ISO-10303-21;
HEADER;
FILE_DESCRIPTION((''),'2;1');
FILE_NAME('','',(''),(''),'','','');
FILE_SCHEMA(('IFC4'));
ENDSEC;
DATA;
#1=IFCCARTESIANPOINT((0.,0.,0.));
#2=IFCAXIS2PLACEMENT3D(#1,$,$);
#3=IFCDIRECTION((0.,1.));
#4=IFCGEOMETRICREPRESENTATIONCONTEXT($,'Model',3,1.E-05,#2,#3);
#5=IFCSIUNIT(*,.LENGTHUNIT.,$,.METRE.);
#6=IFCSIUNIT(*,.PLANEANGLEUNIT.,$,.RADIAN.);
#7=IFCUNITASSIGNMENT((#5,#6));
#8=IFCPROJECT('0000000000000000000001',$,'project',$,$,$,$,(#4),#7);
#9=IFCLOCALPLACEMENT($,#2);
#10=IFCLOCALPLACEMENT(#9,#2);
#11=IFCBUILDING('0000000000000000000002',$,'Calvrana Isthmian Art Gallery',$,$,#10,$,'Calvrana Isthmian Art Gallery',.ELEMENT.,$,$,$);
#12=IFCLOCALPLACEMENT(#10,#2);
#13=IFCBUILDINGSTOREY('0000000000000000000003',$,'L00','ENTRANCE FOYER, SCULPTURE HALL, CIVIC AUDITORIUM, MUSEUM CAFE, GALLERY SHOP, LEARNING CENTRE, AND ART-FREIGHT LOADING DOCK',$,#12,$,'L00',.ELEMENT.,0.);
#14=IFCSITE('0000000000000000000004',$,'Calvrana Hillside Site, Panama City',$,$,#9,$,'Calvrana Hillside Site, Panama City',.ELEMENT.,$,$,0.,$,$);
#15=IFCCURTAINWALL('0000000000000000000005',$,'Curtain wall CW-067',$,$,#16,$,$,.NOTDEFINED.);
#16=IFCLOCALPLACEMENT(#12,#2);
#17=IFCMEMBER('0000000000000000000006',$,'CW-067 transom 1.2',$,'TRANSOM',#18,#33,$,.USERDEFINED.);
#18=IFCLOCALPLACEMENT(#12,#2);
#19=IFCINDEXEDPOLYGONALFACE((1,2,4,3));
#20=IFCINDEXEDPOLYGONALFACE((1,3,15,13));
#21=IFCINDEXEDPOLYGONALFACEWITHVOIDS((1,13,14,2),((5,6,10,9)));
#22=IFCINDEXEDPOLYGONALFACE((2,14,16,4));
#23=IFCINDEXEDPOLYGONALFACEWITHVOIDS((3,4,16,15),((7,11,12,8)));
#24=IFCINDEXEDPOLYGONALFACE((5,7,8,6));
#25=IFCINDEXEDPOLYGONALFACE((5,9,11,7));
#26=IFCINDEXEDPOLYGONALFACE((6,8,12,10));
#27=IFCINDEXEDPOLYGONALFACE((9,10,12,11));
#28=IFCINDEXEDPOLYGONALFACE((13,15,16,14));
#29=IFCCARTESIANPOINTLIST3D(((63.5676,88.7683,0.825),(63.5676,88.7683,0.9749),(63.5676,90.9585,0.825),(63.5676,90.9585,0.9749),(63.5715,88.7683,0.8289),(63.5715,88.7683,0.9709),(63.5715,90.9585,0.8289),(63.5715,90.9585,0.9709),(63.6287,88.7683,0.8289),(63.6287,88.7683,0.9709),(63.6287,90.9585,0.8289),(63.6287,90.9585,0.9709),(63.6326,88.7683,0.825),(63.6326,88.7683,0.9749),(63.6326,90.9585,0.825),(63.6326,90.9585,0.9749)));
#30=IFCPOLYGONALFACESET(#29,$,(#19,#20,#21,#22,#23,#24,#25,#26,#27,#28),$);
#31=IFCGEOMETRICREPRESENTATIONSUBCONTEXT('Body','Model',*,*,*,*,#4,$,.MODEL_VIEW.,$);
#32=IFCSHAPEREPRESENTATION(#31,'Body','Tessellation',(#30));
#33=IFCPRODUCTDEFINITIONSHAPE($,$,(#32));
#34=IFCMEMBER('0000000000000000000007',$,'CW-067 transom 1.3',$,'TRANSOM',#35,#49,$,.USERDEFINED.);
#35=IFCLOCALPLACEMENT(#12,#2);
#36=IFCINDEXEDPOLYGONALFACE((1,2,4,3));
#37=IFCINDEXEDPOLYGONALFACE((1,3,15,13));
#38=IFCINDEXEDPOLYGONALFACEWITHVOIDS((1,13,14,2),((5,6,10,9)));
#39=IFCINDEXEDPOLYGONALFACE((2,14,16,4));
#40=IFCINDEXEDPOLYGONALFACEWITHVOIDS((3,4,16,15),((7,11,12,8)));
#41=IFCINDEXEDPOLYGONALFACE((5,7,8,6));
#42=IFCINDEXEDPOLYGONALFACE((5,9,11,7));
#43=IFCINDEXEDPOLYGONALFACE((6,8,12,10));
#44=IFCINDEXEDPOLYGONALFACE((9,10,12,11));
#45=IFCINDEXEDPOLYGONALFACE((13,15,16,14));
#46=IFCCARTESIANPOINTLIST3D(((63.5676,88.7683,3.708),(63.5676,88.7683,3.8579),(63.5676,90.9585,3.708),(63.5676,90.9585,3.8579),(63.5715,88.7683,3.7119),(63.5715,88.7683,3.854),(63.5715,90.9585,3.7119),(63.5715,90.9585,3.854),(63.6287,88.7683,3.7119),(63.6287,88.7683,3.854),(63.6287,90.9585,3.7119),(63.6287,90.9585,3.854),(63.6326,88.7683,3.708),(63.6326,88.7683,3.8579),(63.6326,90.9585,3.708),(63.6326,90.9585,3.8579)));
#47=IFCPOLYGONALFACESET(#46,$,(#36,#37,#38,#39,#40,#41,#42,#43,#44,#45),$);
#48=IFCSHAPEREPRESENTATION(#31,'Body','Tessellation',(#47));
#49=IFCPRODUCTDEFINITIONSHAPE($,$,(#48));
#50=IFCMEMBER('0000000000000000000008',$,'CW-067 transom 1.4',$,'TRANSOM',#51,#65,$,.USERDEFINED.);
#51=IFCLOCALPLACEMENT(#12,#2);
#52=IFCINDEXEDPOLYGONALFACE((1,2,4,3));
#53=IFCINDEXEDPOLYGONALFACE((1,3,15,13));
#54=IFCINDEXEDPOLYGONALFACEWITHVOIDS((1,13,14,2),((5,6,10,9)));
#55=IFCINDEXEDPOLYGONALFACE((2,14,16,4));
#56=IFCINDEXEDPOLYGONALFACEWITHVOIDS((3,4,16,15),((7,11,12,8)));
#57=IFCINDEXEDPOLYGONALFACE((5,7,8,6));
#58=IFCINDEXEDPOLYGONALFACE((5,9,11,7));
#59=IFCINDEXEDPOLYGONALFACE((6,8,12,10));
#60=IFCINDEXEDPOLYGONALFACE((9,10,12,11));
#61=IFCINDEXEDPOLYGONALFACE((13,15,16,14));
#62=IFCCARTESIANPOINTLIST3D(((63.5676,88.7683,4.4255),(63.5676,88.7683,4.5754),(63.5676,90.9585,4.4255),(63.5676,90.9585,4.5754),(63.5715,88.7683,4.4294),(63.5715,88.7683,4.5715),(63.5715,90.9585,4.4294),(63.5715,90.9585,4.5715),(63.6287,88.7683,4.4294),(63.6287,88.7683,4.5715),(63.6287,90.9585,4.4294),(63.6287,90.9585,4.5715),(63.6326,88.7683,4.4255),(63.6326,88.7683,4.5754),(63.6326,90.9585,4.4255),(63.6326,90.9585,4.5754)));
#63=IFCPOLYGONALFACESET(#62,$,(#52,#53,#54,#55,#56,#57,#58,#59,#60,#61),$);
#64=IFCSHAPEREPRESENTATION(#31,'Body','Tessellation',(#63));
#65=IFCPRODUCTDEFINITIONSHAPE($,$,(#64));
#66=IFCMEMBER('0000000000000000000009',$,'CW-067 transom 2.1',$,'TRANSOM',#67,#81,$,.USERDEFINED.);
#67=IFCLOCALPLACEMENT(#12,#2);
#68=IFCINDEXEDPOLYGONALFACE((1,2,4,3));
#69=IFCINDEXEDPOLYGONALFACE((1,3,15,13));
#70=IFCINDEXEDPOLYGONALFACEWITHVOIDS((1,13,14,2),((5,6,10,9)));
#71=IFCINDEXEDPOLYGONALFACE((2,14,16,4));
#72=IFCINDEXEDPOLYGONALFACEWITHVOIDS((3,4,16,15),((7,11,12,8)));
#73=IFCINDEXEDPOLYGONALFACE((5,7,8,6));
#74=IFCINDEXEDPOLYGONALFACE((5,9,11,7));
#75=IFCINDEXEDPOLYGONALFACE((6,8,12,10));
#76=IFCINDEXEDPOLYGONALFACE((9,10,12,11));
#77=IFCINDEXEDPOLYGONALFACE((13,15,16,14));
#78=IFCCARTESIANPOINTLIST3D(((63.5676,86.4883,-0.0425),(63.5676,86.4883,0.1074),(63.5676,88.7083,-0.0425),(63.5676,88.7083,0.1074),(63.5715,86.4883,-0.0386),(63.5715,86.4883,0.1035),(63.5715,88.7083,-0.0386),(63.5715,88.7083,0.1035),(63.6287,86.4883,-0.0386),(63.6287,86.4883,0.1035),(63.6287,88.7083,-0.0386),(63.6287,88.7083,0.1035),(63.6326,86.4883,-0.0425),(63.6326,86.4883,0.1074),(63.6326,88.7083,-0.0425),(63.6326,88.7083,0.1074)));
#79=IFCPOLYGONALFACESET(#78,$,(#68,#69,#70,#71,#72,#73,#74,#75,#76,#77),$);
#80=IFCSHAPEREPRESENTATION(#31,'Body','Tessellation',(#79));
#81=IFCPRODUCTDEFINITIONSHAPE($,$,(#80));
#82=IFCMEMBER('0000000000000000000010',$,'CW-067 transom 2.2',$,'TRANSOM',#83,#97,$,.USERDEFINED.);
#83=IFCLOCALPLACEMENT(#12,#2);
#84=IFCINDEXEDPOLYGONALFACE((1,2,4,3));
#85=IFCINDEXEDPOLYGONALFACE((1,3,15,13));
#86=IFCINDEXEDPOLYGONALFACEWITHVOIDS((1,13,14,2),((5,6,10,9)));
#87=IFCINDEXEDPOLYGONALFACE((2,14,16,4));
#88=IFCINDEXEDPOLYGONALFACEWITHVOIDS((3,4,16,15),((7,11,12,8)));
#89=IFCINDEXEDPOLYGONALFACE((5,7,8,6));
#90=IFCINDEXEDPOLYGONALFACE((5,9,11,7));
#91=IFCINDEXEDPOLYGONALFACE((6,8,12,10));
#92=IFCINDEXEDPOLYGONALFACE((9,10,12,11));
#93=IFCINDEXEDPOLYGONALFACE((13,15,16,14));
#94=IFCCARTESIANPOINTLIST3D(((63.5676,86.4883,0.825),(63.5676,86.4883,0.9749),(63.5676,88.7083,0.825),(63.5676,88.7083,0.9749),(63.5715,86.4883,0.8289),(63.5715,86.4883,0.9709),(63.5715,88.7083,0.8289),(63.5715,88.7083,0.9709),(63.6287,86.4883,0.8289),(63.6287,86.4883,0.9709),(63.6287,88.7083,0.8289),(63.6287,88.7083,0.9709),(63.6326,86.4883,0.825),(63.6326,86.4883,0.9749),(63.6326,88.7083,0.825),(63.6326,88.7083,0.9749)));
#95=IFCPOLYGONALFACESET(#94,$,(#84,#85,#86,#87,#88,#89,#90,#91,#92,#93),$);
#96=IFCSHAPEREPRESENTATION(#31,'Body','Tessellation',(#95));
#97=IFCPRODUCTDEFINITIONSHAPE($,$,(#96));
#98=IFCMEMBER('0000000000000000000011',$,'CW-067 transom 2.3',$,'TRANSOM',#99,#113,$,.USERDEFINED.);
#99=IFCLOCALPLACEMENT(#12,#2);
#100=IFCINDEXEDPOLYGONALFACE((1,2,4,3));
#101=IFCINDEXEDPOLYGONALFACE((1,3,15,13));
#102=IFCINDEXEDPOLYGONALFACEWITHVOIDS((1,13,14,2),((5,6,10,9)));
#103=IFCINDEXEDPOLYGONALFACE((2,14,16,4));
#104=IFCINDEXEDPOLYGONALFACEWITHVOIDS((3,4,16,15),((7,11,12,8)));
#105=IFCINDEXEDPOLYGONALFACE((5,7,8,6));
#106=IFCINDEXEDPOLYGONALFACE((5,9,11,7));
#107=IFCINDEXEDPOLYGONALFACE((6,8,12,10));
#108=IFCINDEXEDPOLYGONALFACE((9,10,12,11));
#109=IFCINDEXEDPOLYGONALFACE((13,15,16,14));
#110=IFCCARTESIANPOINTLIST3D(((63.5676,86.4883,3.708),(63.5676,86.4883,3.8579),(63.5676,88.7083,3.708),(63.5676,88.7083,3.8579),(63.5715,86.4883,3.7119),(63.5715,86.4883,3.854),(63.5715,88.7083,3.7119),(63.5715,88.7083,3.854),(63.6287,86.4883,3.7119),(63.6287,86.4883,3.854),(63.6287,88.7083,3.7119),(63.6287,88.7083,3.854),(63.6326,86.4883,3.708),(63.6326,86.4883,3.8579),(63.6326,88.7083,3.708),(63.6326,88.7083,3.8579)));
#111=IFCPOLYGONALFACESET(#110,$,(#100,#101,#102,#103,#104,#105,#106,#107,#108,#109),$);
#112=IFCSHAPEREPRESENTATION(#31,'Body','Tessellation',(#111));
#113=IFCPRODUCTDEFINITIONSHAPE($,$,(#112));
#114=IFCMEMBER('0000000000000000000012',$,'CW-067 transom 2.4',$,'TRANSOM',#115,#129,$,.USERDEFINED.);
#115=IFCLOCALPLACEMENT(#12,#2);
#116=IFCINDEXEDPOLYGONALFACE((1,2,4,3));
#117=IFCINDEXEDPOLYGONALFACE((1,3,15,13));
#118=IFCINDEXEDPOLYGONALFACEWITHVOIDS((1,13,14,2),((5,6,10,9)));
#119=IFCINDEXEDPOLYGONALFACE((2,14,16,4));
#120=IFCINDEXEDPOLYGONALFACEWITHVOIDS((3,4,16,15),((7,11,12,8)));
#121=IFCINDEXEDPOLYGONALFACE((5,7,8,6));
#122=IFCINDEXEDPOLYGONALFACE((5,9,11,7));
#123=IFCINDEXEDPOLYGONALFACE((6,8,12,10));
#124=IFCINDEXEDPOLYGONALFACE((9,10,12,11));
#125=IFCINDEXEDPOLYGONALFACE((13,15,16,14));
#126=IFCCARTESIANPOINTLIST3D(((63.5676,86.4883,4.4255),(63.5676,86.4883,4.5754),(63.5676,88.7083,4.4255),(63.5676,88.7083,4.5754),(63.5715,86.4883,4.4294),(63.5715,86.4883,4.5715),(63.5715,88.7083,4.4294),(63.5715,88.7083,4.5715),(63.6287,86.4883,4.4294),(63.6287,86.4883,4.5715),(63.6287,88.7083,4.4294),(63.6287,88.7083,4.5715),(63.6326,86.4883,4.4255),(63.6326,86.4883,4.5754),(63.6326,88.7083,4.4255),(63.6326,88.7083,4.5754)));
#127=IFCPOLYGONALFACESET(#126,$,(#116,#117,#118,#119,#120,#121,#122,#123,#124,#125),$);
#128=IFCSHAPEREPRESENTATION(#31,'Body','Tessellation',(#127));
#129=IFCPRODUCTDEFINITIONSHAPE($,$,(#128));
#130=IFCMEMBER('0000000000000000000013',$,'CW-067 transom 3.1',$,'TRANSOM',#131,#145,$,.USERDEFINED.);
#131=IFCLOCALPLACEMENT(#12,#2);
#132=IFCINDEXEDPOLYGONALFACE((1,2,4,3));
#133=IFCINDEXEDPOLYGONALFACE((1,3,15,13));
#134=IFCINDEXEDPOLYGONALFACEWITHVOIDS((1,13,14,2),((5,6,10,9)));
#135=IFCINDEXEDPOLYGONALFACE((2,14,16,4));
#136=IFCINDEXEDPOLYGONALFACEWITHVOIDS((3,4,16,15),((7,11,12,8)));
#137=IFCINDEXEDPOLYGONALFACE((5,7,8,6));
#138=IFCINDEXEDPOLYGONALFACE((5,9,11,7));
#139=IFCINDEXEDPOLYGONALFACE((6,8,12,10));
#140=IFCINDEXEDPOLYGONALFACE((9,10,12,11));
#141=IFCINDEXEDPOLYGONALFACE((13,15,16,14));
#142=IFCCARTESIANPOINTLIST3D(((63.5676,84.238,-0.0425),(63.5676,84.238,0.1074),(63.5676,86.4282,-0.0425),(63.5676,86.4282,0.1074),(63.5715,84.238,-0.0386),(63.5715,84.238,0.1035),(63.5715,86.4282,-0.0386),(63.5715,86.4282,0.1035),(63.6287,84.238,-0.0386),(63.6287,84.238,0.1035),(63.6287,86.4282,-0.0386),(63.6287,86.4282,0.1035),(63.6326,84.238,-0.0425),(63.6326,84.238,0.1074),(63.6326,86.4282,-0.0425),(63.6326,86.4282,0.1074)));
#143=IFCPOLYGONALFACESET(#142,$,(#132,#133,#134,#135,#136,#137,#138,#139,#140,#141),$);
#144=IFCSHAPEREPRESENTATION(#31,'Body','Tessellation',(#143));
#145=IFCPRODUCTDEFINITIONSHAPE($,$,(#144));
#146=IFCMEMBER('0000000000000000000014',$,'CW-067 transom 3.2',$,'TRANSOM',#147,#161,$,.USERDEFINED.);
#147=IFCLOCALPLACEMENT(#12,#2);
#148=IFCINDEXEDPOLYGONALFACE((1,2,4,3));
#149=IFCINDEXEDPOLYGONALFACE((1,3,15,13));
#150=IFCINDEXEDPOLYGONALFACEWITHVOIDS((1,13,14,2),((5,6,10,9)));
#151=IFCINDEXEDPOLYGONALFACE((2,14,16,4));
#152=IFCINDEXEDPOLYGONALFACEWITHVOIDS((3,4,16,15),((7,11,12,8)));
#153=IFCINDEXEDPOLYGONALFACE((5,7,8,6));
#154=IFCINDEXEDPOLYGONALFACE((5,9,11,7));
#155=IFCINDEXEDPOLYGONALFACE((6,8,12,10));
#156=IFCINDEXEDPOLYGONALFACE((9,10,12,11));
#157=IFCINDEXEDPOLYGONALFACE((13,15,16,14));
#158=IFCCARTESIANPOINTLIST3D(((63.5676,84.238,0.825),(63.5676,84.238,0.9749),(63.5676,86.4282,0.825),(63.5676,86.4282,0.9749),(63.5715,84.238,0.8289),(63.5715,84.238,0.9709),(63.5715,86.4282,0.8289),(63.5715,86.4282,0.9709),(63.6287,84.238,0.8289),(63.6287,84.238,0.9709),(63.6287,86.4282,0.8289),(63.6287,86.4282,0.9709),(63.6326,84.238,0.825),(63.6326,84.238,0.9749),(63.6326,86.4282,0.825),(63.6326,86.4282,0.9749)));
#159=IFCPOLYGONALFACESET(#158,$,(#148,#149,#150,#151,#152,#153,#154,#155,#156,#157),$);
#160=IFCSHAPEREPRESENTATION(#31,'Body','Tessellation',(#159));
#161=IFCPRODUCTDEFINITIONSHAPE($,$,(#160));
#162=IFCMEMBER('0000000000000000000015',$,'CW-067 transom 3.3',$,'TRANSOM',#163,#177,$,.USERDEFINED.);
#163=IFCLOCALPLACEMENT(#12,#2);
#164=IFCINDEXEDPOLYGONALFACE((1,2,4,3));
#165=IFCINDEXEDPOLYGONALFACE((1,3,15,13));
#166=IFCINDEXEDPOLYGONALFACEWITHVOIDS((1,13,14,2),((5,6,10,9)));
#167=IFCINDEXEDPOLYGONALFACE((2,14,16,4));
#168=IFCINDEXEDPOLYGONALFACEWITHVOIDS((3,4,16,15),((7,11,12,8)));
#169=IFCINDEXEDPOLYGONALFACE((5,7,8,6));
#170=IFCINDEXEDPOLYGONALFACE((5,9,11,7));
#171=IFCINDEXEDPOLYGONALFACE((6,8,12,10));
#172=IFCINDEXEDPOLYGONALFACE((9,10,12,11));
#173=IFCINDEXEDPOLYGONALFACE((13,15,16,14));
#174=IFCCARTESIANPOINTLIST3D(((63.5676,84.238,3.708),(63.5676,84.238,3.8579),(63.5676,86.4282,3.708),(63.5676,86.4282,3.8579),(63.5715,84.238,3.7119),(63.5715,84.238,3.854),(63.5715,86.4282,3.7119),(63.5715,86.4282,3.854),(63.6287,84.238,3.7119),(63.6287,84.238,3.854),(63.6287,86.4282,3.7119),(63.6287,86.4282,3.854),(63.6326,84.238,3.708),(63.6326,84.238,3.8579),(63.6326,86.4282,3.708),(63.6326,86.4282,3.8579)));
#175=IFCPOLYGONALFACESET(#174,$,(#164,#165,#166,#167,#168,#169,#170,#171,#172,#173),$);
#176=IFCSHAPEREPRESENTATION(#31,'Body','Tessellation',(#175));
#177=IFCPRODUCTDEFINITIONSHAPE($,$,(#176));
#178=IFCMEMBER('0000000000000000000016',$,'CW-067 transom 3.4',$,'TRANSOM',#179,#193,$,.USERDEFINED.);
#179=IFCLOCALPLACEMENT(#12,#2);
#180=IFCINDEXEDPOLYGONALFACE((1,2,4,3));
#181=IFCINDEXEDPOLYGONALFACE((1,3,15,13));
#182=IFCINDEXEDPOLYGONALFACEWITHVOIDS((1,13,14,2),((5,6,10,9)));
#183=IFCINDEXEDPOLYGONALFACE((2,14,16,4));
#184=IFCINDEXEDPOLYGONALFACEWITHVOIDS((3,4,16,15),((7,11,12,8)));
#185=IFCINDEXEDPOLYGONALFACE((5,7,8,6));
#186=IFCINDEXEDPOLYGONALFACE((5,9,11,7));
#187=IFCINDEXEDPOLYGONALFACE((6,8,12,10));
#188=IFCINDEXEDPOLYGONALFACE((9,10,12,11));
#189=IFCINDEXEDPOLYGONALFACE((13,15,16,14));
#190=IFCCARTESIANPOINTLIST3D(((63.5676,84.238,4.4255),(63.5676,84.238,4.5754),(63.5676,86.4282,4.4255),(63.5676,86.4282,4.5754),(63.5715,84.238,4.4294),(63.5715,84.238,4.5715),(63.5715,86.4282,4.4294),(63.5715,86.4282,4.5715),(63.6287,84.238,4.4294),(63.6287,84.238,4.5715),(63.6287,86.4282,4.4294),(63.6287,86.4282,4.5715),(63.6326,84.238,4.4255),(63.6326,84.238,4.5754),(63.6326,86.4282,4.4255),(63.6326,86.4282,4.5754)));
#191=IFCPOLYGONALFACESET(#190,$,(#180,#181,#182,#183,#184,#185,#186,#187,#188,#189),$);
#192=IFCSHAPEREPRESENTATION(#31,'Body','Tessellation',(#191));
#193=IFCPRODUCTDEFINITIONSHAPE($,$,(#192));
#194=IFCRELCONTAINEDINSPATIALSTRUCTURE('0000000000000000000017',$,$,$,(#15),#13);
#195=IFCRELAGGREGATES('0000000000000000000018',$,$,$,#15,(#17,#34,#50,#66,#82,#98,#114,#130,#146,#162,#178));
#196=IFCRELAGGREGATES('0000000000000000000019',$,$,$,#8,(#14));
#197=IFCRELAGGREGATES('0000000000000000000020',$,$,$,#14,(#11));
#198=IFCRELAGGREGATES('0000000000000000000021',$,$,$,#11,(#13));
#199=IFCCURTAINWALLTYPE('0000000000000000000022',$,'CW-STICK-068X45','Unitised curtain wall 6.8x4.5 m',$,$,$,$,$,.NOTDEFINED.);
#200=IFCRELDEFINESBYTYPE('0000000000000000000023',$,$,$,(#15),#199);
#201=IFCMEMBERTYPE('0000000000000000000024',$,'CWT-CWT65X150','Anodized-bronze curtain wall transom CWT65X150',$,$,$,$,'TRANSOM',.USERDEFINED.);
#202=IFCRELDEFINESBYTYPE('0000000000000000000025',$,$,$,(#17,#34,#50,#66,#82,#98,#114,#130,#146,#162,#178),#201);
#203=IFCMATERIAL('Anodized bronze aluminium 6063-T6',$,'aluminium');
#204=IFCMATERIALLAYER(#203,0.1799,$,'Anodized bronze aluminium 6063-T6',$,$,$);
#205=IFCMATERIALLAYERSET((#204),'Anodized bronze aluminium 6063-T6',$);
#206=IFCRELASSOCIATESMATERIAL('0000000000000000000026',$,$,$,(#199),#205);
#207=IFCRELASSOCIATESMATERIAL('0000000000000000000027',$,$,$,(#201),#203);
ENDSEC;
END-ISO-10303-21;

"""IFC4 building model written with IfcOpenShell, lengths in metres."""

from ifc_helpers import new_model, si_unit, direction, frame, origin, origin_2d, place, context, subcontext, project, spatial, hollow_rectangle, extrude, material, layer, layer_set, material_profile, profile_set, type_object, element, aggregate, save


model = new_model("IFC4")

# Units and contexts
model_context = context("Model", 3, precision=1e-05, world=origin(), true_north=direction((0.0, 1.0)))
body_context = subcontext(model_context, "Body", "Model", "MODEL_VIEW")
ifc_project = project(units=[si_unit("LENGTHUNIT", "METRE"), si_unit("PLANEANGLEUNIT", "RADIAN")], contexts=[model_context])

# Site, building, storey
site_placement = place(None, origin())
site = spatial("IfcSite", under=ifc_project, at=site_placement, Name="Calvrana Hillside Site, Panama City", LongName="Calvrana Hillside Site, Panama City", CompositionType="ELEMENT", RefElevation=0.0)
building_placement = place(site_placement, origin())
building = spatial("IfcBuilding", under=site, at=building_placement, Name="Calvrana Isthmian Art Gallery", LongName="Calvrana Isthmian Art Gallery", CompositionType="ELEMENT")
storey_placement = place(building_placement, origin())
storey = spatial("IfcBuildingStorey", under=building, at=storey_placement, Name="L00", Description="ENTRANCE FOYER, SCULPTURE HALL, CIVIC AUDITORIUM, MUSEUM CAFE, GALLERY SHOP, LEARNING CENTRE, AND ART-FREIGHT LOADING DOCK", LongName="L00", CompositionType="ELEMENT", Elevation=0.0)

# Curtain wall, members
ifc_material_1 = material(Name="Anodized bronze aluminium 6063-T6", Category="aluminium")
ifc_layer_1 = layer(ifc_material_1, 0.1799, Name="Anodized bronze aluminium 6063-T6")
ifc_layer_set_1 = layer_set([ifc_layer_1], Name="Anodized bronze aluminium 6063-T6")
curtain_wall_type = type_object("IfcCurtainWallType", Name="CW-STICK-068X45", Description="Unitised curtain wall 6.8x4.5 m", PredefinedType="NOTDEFINED", material=ifc_layer_set_1)
curtain_wall_placement = place(storey_placement, origin())
curtain_wall = element("IfcCurtainWall", 1, at=curtain_wall_placement, inside=storey, type_object=curtain_wall_type, Name="Curtain wall CW-067", PredefinedType="NOTDEFINED")
ifc_material_profile_1 = material_profile(ifc_material_1, hollow_rectangle(XDim=0.0649, YDim=0.1499, WallThickness=0.0039, at=origin_2d()), Name="CWT65X150")
ifc_profile_set_1 = profile_set([ifc_material_profile_1], Name="Anodized bronze aluminium 6063-T6")
member_type_1 = type_object("IfcMemberType", Name="CWT-CWT65X150", Description="Anodized-bronze curtain wall transom CWT65X150", ElementType="TRANSOM", PredefinedType="USERDEFINED", material=ifc_profile_set_1)
member_1_placement = place(storey_placement, frame((63.6001, 90.9585, 0.8999), z_axis=(0.0, -1.0, 0.0), x_axis=(1.0, 0.0, 0.0)))
member_1 = element("IfcMember", 2, at=member_1_placement, type_object=member_type_1, Name="CW-067 transom 1.2", ObjectType="TRANSOM", PredefinedType="USERDEFINED", context=body_context, shape_type="SweptSolid", body=[
    extrude(hollow_rectangle(XDim=0.0649, YDim=0.1499, WallThickness=0.0039, at=origin_2d()), origin(), (0.0, 0.0, 1.0), 2.1902),
])
member_2_placement = place(storey_placement, frame((63.6001, 90.9585, 3.783), z_axis=(0.0, -1.0, 0.0), x_axis=(1.0, 0.0, 0.0)))
member_2 = element("IfcMember", 3, at=member_2_placement, type_object=member_type_1, Name="CW-067 transom 1.3", ObjectType="TRANSOM", PredefinedType="USERDEFINED", context=body_context, shape_type="SweptSolid", body=[
    extrude(hollow_rectangle(XDim=0.0649, YDim=0.1499, WallThickness=0.0039, at=origin_2d()), origin(), (0.0, 0.0, 1.0), 2.1902),
])
member_3_placement = place(storey_placement, frame((63.6001, 90.9585, 4.5005), z_axis=(0.0, -1.0, 0.0), x_axis=(1.0, 0.0, 0.0)))
member_3 = element("IfcMember", 4, at=member_3_placement, type_object=member_type_1, Name="CW-067 transom 1.4", ObjectType="TRANSOM", PredefinedType="USERDEFINED", context=body_context, shape_type="SweptSolid", body=[
    extrude(hollow_rectangle(XDim=0.0649, YDim=0.1499, WallThickness=0.0039, at=origin_2d()), origin(), (0.0, 0.0, 1.0), 2.1902),
])
member_4_placement = place(storey_placement, frame((63.6001, 88.7083, 0.0325), z_axis=(0.0, -1.0, 0.0), x_axis=(1.0, 0.0, 0.0)))
member_4 = element("IfcMember", 5, at=member_4_placement, type_object=member_type_1, Name="CW-067 transom 2.1", ObjectType="TRANSOM", PredefinedType="USERDEFINED", context=body_context, shape_type="SweptSolid", body=[
    extrude(hollow_rectangle(XDim=0.0649, YDim=0.1499, WallThickness=0.0039, at=origin_2d()), origin(), (0.0, 0.0, 1.0), 2.22),
])
member_5_placement = place(storey_placement, frame((63.6001, 88.7083, 0.8999), z_axis=(0.0, -1.0, 0.0), x_axis=(1.0, 0.0, 0.0)))
member_5 = element("IfcMember", 6, at=member_5_placement, type_object=member_type_1, Name="CW-067 transom 2.2", ObjectType="TRANSOM", PredefinedType="USERDEFINED", context=body_context, shape_type="SweptSolid", body=[
    extrude(hollow_rectangle(XDim=0.0649, YDim=0.1499, WallThickness=0.0039, at=origin_2d()), origin(), (0.0, 0.0, 1.0), 2.22),
])
member_6_placement = place(storey_placement, frame((63.6001, 88.7083, 3.783), z_axis=(0.0, -1.0, 0.0), x_axis=(1.0, 0.0, 0.0)))
member_6 = element("IfcMember", 7, at=member_6_placement, type_object=member_type_1, Name="CW-067 transom 2.3", ObjectType="TRANSOM", PredefinedType="USERDEFINED", context=body_context, shape_type="SweptSolid", body=[
    extrude(hollow_rectangle(XDim=0.0649, YDim=0.1499, WallThickness=0.0039, at=origin_2d()), origin(), (0.0, 0.0, 1.0), 2.22),
])
member_7_placement = place(storey_placement, frame((63.6001, 88.7083, 4.5005), z_axis=(0.0, -1.0, 0.0), x_axis=(1.0, 0.0, 0.0)))
member_7 = element("IfcMember", 8, at=member_7_placement, type_object=member_type_1, Name="CW-067 transom 2.4", ObjectType="TRANSOM", PredefinedType="USERDEFINED", context=body_context, shape_type="SweptSolid", body=[
    extrude(hollow_rectangle(XDim=0.0649, YDim=0.1499, WallThickness=0.0039, at=origin_2d()), origin(), (0.0, 0.0, 1.0), 2.22),
])
member_8_placement = place(storey_placement, frame((63.6001, 86.4282, 0.0325), z_axis=(0.0, -1.0, 0.0), x_axis=(1.0, 0.0, 0.0)))
member_8 = element("IfcMember", 9, at=member_8_placement, type_object=member_type_1, Name="CW-067 transom 3.1", ObjectType="TRANSOM", PredefinedType="USERDEFINED", context=body_context, shape_type="SweptSolid", body=[
    extrude(hollow_rectangle(XDim=0.0649, YDim=0.1499, WallThickness=0.0039, at=origin_2d()), origin(), (0.0, 0.0, 1.0), 2.1902),
])
member_9_placement = place(storey_placement, frame((63.6001, 86.4282, 0.8999), z_axis=(0.0, -1.0, 0.0), x_axis=(1.0, 0.0, 0.0)))
member_9 = element("IfcMember", 10, at=member_9_placement, type_object=member_type_1, Name="CW-067 transom 3.2", ObjectType="TRANSOM", PredefinedType="USERDEFINED", context=body_context, shape_type="SweptSolid", body=[
    extrude(hollow_rectangle(XDim=0.0649, YDim=0.1499, WallThickness=0.0039, at=origin_2d()), origin(), (0.0, 0.0, 1.0), 2.1902),
])
member_10_placement = place(storey_placement, frame((63.6001, 86.4282, 3.783), z_axis=(0.0, -1.0, 0.0), x_axis=(1.0, 0.0, 0.0)))
member_10 = element("IfcMember", 11, at=member_10_placement, type_object=member_type_1, Name="CW-067 transom 3.3", ObjectType="TRANSOM", PredefinedType="USERDEFINED", context=body_context, shape_type="SweptSolid", body=[
    extrude(hollow_rectangle(XDim=0.0649, YDim=0.1499, WallThickness=0.0039, at=origin_2d()), origin(), (0.0, 0.0, 1.0), 2.1902),
])
member_11_placement = place(storey_placement, frame((63.6001, 86.4282, 4.5005), z_axis=(0.0, -1.0, 0.0), x_axis=(1.0, 0.0, 0.0)))
member_11 = element("IfcMember", 12, at=member_11_placement, type_object=member_type_1, Name="CW-067 transom 3.4", ObjectType="TRANSOM", PredefinedType="USERDEFINED", context=body_context, shape_type="SweptSolid", body=[
    extrude(hollow_rectangle(XDim=0.0649, YDim=0.1499, WallThickness=0.0039, at=origin_2d()), origin(), (0.0, 0.0, 1.0), 2.1902),
])
aggregate(curtain_wall, [member_1, member_2, member_3, member_4, member_5, member_6, member_7, member_8, member_9, member_10, member_11])

save(model, "model.ifc")
